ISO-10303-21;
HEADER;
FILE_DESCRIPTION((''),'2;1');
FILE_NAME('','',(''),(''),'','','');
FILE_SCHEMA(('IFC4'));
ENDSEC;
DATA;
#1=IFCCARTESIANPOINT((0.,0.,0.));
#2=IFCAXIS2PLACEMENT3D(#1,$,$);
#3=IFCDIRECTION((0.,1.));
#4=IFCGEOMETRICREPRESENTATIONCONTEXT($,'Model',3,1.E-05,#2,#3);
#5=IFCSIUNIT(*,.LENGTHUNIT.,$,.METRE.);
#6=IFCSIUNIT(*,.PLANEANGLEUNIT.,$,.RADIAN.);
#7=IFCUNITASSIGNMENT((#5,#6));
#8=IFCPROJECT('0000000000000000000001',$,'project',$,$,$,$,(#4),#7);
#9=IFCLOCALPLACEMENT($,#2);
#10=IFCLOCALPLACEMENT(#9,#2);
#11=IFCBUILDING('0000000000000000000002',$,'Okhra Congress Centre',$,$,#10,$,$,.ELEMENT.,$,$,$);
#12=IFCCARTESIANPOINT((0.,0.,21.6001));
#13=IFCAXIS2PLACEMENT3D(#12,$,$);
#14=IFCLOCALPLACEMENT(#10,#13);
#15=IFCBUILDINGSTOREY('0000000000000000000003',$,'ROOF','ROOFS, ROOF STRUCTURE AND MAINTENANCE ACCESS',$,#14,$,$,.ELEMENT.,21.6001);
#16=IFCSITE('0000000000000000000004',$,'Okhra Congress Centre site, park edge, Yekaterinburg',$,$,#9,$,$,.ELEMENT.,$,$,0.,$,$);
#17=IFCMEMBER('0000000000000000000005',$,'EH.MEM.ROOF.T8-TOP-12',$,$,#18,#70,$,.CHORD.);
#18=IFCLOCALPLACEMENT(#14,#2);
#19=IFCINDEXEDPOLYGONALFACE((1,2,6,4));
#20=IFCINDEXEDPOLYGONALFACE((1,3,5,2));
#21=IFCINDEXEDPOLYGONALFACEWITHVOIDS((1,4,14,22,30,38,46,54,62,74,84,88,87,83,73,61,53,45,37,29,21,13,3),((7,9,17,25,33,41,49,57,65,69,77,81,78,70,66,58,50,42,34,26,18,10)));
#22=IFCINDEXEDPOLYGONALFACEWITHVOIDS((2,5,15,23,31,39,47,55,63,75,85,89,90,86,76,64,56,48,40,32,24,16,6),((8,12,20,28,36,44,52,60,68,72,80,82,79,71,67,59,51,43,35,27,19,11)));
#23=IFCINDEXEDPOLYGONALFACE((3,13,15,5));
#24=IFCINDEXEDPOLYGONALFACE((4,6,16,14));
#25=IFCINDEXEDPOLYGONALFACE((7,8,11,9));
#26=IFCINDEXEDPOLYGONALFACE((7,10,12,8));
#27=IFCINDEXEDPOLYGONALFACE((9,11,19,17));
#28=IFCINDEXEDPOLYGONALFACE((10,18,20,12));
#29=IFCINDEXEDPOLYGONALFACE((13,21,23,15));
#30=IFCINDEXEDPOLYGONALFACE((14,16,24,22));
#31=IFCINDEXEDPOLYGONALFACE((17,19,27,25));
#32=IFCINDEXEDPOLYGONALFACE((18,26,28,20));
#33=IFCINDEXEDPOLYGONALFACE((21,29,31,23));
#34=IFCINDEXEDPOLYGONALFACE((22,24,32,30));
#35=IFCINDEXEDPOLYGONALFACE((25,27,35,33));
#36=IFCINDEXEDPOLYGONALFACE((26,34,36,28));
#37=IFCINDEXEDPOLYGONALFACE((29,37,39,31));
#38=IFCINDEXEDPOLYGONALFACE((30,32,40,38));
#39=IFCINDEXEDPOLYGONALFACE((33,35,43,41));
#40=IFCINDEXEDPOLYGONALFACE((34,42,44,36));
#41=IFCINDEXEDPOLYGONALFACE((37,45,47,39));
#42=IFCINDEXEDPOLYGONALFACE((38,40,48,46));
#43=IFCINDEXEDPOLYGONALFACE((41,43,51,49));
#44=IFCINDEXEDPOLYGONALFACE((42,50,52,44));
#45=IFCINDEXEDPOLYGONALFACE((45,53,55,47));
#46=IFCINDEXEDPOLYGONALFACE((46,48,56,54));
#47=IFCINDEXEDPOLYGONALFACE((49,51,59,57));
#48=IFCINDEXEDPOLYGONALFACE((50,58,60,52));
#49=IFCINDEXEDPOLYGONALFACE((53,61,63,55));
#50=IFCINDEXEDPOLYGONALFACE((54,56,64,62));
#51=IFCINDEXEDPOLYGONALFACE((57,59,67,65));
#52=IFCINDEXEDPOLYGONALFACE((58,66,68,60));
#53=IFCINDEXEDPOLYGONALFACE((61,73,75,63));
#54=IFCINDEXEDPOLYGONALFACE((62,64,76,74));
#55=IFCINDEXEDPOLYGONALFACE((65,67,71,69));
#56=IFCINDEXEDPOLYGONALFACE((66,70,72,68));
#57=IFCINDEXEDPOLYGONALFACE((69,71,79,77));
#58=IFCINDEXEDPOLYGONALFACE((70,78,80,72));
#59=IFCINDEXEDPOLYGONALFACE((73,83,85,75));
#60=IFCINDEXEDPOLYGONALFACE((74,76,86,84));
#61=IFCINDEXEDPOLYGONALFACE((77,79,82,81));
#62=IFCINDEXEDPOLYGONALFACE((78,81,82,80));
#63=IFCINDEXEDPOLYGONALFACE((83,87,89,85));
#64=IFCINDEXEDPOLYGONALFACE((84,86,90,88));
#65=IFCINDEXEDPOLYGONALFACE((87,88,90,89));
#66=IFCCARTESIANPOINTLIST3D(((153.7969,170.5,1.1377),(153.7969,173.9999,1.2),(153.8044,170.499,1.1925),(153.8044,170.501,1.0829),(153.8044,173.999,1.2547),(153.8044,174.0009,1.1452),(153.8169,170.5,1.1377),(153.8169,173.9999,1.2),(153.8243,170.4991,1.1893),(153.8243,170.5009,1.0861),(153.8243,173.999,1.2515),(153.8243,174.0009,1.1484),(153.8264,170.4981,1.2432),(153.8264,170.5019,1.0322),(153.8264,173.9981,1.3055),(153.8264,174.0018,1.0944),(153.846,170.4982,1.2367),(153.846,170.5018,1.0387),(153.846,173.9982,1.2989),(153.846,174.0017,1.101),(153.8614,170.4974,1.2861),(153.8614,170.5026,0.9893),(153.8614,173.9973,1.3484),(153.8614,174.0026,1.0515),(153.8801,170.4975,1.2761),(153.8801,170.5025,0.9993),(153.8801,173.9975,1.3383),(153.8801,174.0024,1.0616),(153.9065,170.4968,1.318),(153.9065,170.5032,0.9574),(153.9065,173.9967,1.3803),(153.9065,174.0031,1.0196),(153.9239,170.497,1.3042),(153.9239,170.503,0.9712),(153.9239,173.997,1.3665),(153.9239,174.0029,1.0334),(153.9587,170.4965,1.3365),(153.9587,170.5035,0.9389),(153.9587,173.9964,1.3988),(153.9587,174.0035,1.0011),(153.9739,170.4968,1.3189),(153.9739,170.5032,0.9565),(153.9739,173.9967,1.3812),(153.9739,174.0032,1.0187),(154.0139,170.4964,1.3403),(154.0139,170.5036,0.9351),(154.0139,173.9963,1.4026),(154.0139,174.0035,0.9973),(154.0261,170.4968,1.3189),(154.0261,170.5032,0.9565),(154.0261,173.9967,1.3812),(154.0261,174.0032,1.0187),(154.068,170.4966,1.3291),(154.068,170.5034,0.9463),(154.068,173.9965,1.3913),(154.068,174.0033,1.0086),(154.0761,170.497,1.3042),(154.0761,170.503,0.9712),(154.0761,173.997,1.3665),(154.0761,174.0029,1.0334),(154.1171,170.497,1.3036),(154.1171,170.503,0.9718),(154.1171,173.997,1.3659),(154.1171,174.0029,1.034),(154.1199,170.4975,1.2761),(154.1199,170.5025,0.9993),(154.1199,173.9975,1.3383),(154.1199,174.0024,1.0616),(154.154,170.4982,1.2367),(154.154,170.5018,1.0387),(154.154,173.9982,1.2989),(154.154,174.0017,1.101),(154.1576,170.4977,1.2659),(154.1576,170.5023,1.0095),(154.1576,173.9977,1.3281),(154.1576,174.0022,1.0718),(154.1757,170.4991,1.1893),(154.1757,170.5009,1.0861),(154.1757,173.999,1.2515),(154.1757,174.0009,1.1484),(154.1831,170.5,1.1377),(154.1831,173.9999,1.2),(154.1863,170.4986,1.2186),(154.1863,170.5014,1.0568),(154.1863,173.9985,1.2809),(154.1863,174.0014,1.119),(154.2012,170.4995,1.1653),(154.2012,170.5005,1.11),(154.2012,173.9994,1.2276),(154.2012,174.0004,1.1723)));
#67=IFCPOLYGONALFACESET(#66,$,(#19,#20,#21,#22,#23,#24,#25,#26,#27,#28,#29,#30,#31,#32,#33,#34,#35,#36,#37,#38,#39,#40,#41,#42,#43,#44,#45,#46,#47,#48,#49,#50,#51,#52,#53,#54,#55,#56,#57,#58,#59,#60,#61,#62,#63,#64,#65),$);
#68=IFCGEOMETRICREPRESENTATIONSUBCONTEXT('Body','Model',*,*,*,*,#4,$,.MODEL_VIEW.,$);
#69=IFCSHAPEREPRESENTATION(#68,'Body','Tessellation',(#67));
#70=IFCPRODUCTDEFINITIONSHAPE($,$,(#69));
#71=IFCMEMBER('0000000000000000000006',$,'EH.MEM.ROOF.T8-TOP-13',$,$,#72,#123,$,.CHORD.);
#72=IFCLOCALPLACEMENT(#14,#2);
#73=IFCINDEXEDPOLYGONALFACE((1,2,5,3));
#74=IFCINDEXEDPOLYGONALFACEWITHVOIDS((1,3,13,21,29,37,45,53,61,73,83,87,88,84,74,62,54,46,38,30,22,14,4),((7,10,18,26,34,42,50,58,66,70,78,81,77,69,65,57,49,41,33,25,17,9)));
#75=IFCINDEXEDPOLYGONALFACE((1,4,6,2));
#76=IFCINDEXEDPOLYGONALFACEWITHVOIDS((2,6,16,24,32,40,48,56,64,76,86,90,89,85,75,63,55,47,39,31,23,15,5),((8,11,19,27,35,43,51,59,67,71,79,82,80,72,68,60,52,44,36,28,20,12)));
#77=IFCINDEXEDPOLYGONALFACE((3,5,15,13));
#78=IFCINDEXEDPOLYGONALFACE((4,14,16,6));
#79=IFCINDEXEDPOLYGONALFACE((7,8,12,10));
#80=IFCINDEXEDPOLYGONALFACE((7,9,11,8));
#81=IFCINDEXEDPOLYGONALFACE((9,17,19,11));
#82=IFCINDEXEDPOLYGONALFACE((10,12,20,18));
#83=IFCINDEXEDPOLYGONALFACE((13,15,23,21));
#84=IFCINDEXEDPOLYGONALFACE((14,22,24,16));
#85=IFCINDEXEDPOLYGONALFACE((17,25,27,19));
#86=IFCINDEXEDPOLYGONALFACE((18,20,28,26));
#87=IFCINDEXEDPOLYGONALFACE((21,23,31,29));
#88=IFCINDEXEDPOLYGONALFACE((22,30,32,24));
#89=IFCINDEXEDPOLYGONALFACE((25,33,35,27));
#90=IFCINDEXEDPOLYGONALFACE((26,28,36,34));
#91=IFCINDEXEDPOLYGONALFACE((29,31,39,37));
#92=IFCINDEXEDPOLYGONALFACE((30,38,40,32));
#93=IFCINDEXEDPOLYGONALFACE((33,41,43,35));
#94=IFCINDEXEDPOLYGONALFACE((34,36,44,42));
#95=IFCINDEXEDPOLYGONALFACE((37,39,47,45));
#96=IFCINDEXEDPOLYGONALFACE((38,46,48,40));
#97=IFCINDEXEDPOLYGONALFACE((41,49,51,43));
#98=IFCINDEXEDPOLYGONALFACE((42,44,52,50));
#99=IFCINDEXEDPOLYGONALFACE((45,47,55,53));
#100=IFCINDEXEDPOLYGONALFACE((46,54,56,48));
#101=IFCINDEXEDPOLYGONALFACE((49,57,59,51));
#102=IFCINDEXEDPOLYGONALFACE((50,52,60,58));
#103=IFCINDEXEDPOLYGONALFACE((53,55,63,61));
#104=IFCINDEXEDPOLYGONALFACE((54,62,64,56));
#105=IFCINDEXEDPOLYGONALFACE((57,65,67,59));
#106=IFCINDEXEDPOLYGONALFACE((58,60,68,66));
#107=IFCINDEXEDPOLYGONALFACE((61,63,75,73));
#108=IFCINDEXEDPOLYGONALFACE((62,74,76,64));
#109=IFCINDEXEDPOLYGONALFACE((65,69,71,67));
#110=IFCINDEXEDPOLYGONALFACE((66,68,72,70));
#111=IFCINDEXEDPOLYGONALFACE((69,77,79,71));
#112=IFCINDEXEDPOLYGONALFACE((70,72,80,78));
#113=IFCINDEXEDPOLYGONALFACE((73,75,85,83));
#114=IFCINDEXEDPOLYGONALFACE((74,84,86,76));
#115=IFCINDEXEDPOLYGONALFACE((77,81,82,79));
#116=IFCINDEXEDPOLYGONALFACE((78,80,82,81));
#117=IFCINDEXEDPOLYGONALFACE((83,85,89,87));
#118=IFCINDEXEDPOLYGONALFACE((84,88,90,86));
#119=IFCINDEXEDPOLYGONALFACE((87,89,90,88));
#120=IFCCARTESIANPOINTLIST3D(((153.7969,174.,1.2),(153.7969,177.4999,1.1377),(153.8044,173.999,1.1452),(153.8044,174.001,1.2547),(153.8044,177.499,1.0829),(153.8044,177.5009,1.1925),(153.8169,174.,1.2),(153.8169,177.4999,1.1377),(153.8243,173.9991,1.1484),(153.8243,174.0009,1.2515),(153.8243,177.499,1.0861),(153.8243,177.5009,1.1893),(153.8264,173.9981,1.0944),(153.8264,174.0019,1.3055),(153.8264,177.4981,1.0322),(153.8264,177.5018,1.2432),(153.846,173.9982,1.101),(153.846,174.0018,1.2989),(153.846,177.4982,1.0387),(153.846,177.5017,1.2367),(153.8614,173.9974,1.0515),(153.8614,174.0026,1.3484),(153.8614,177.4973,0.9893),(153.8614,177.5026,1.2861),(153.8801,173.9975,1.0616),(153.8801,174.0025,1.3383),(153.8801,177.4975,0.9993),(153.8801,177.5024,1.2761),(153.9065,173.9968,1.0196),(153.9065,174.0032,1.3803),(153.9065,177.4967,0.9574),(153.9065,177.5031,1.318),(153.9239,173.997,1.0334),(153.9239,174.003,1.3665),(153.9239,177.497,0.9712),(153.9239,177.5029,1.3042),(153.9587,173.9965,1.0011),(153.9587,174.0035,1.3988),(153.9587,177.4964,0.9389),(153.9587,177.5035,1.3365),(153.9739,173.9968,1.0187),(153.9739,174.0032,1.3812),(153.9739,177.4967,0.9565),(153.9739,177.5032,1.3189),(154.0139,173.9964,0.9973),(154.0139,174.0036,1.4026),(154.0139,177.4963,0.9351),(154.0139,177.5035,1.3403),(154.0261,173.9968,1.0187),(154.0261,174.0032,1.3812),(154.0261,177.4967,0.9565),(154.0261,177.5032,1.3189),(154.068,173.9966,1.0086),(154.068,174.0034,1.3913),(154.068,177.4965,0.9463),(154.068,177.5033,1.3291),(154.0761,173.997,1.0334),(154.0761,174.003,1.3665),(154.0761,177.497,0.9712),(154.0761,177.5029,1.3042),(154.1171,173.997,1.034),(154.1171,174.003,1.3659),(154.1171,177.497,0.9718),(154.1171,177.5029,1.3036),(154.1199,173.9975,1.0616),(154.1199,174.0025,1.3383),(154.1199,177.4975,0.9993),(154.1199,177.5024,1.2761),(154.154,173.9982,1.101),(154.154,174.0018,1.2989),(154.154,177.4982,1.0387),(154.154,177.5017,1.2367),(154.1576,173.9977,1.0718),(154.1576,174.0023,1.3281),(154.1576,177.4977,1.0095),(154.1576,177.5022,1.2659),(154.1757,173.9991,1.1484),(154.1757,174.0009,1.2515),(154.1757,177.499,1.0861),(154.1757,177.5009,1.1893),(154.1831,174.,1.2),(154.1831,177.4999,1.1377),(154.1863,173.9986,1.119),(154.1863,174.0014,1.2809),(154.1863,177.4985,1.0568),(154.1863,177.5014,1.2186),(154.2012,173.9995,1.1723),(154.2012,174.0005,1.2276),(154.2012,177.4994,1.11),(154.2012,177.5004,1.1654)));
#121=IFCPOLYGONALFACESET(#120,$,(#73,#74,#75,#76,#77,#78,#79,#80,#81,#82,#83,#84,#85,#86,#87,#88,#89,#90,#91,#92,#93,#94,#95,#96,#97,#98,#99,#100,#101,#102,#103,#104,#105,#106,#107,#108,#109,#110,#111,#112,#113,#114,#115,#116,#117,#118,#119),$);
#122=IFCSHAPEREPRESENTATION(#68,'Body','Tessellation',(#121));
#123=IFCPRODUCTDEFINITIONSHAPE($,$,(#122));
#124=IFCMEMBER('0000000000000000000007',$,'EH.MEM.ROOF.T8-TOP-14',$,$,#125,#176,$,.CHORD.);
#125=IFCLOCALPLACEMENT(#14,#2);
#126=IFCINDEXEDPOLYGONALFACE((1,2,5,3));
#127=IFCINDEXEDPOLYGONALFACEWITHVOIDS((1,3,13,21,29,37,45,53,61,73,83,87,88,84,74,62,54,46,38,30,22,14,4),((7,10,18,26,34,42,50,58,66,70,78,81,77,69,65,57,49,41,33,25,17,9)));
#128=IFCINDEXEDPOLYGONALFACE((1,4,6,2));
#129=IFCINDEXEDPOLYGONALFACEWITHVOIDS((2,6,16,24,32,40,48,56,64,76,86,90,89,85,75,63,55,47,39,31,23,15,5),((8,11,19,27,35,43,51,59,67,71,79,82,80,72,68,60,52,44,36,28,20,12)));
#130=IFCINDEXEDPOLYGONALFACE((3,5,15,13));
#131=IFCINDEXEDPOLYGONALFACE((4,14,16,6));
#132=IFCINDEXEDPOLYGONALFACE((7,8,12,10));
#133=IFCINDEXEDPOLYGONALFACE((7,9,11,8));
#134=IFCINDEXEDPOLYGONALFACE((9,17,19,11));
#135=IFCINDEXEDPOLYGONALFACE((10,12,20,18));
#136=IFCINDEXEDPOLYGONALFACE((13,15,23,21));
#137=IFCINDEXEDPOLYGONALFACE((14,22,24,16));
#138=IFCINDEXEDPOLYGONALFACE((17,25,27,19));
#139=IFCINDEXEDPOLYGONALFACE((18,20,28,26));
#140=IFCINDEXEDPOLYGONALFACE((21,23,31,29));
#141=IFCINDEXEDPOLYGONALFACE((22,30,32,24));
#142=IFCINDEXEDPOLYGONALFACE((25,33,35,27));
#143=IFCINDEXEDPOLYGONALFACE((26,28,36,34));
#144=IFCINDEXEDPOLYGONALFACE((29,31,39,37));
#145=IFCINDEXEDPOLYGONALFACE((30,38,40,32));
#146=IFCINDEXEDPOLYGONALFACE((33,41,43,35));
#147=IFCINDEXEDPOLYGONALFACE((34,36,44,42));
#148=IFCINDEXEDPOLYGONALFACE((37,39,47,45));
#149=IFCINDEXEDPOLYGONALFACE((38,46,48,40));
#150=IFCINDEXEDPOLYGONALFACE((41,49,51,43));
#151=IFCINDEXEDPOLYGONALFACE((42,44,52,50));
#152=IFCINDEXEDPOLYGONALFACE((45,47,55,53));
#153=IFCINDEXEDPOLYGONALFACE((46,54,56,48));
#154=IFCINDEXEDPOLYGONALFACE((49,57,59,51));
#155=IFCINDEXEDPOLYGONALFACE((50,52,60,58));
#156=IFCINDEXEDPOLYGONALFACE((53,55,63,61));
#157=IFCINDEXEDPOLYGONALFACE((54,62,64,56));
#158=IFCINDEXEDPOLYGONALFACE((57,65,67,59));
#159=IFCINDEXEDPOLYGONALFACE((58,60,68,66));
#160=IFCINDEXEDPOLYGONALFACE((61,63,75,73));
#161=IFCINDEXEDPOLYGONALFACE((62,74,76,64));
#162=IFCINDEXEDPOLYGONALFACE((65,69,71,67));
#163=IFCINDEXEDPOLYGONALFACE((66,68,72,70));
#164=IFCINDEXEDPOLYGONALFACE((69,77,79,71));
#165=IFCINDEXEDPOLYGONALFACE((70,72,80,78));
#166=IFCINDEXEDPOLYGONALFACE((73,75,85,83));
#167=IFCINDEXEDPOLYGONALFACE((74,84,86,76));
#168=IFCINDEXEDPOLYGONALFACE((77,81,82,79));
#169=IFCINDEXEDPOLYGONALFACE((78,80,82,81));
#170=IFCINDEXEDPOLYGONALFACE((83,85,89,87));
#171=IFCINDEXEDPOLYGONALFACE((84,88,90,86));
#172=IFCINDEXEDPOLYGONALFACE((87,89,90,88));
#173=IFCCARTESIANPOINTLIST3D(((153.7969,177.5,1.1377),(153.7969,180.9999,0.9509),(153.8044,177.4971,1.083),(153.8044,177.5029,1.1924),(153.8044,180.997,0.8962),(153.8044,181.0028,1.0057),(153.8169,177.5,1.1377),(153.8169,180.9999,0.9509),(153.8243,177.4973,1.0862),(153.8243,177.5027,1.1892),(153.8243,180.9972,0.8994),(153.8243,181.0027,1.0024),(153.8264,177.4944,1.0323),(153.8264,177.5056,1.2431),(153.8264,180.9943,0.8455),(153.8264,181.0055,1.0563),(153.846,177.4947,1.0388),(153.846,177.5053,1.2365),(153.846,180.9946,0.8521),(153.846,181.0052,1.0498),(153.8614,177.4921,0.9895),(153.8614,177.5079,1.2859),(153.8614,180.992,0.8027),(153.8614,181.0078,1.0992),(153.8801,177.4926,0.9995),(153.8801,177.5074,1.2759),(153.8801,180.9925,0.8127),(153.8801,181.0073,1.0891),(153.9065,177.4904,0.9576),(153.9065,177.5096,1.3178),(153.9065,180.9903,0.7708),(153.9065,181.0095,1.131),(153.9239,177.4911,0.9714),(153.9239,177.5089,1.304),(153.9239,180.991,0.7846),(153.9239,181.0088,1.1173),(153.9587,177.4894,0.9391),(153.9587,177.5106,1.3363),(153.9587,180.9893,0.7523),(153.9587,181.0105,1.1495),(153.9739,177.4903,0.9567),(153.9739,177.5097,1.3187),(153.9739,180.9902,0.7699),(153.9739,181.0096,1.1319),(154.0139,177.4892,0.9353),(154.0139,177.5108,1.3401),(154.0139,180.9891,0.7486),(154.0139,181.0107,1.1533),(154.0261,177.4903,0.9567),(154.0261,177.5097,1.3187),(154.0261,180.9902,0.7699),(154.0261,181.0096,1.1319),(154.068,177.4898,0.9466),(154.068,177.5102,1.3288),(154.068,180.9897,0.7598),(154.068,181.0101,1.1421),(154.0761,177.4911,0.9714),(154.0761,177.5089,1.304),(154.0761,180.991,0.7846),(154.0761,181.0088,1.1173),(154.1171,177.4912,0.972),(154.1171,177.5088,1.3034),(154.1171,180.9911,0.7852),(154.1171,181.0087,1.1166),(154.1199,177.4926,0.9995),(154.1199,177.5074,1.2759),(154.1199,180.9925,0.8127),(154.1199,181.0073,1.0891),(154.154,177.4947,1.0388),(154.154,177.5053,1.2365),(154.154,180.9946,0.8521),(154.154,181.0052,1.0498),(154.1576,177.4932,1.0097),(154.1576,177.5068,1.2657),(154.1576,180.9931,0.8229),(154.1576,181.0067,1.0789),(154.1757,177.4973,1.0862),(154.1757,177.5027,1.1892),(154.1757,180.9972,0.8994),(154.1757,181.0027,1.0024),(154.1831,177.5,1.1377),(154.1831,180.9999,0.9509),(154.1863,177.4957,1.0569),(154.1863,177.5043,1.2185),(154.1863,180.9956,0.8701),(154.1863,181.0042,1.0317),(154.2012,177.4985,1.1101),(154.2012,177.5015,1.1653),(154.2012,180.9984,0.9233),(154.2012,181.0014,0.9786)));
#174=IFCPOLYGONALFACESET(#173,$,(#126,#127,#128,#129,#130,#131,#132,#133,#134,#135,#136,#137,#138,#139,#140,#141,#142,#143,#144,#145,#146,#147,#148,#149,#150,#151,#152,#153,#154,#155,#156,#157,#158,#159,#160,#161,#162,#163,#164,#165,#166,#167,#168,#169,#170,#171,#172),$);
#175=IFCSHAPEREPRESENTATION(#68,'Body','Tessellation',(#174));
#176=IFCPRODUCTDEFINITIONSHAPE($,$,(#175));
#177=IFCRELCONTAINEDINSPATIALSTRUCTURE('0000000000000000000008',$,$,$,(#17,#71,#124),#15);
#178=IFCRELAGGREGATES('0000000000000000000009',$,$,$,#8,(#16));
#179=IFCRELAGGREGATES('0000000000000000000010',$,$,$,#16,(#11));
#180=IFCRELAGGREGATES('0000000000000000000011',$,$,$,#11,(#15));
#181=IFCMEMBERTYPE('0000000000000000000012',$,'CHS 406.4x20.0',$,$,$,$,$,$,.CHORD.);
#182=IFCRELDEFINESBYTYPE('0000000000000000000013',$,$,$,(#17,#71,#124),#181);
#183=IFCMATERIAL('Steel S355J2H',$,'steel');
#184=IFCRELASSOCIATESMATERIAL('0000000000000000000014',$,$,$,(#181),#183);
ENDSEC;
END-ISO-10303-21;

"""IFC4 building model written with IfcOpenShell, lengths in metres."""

from ifc_helpers import new_model, si_unit, direction, frame, origin, origin_2d, place, context, subcontext, project, spatial, hollow_circle, extrude, material, material_profile, profile_set, type_object, element, save


model = new_model("IFC4")

# Units and contexts
model_context = context("Model", 3, precision=1e-05, world=origin(), true_north=direction((0.0, 1.0)))
body_context = subcontext(model_context, "Body", "Model", "MODEL_VIEW")
ifc_project = project(units=[si_unit("LENGTHUNIT", "METRE"), si_unit("PLANEANGLEUNIT", "RADIAN")], contexts=[model_context])

# Site, building, storey
site_placement = place(None, origin())
site = spatial("IfcSite", under=ifc_project, at=site_placement, Name="Okhra Congress Centre site, park edge, Yekaterinburg", CompositionType="ELEMENT", RefElevation=0.0)
building_placement = place(site_placement, origin())
building = spatial("IfcBuilding", under=site, at=building_placement, Name="Okhra Congress Centre", CompositionType="ELEMENT")
storey_placement = place(building_placement, frame((0.0, 0.0, 21.6001)))
storey = spatial("IfcBuildingStorey", under=building, at=storey_placement, Name="ROOF", Description="ROOFS, ROOF STRUCTURE AND MAINTENANCE ACCESS", CompositionType="ELEMENT", Elevation=21.6001)

# Members
ifc_material_1 = material(Name="Steel S355J2H", Category="steel")
ifc_material_profile_1 = material_profile(ifc_material_1, hollow_circle(Radius=0.2031, WallThickness=0.02, at=origin_2d()), Name="CHS 406.4x20.0")
ifc_profile_set_1 = profile_set([ifc_material_profile_1], Name="Steel S355J2H")
member_type_1 = type_object("IfcMemberType", Name="CHS 406.4x20.0", PredefinedType="CHORD", material=ifc_profile_set_1)
for number, where, z_axis, x_axis, name in (
    (1, (154.0, 170.5, 1.1377), (0.0, 0.999842, 0.017785), (-1.0, 0.0, 0.0), "EH.MEM.ROOF.T8-TOP-12"),
    (2, (154.0, 174.0, 1.2), (0.0, 0.999842, -0.017785), (-1.0, 0.0, 0.0), "EH.MEM.ROOF.T8-TOP-13"),
):
    element("IfcMember", number, at=place(storey_placement, frame(where, z_axis=z_axis, x_axis=x_axis)), inside=storey, type_object=member_type_1, Name=name, PredefinedType="CHORD", context=body_context, shape_type="SweptSolid", body=[
        extrude(hollow_circle(Radius=0.2031, WallThickness=0.02, at=origin_2d()), origin(), (0.0, 0.0, 1.0), 3.5005),
    ])
member_1_placement = place(storey_placement, frame((154.0, 177.5, 1.1377), z_axis=(0.0, 0.998579, -0.053286), x_axis=(-1.0, 0.0, 0.0)))
element("IfcMember", 3, at=member_1_placement, inside=storey, type_object=member_type_1, Name="EH.MEM.ROOF.T8-TOP-14", PredefinedType="CHORD", context=body_context, shape_type="SweptSolid", body=[
    extrude(hollow_circle(Radius=0.2031, WallThickness=0.02, at=origin_2d()), origin(), (0.0, 0.0, 1.0), 3.5049),
])

save(model, "model.ifc")
